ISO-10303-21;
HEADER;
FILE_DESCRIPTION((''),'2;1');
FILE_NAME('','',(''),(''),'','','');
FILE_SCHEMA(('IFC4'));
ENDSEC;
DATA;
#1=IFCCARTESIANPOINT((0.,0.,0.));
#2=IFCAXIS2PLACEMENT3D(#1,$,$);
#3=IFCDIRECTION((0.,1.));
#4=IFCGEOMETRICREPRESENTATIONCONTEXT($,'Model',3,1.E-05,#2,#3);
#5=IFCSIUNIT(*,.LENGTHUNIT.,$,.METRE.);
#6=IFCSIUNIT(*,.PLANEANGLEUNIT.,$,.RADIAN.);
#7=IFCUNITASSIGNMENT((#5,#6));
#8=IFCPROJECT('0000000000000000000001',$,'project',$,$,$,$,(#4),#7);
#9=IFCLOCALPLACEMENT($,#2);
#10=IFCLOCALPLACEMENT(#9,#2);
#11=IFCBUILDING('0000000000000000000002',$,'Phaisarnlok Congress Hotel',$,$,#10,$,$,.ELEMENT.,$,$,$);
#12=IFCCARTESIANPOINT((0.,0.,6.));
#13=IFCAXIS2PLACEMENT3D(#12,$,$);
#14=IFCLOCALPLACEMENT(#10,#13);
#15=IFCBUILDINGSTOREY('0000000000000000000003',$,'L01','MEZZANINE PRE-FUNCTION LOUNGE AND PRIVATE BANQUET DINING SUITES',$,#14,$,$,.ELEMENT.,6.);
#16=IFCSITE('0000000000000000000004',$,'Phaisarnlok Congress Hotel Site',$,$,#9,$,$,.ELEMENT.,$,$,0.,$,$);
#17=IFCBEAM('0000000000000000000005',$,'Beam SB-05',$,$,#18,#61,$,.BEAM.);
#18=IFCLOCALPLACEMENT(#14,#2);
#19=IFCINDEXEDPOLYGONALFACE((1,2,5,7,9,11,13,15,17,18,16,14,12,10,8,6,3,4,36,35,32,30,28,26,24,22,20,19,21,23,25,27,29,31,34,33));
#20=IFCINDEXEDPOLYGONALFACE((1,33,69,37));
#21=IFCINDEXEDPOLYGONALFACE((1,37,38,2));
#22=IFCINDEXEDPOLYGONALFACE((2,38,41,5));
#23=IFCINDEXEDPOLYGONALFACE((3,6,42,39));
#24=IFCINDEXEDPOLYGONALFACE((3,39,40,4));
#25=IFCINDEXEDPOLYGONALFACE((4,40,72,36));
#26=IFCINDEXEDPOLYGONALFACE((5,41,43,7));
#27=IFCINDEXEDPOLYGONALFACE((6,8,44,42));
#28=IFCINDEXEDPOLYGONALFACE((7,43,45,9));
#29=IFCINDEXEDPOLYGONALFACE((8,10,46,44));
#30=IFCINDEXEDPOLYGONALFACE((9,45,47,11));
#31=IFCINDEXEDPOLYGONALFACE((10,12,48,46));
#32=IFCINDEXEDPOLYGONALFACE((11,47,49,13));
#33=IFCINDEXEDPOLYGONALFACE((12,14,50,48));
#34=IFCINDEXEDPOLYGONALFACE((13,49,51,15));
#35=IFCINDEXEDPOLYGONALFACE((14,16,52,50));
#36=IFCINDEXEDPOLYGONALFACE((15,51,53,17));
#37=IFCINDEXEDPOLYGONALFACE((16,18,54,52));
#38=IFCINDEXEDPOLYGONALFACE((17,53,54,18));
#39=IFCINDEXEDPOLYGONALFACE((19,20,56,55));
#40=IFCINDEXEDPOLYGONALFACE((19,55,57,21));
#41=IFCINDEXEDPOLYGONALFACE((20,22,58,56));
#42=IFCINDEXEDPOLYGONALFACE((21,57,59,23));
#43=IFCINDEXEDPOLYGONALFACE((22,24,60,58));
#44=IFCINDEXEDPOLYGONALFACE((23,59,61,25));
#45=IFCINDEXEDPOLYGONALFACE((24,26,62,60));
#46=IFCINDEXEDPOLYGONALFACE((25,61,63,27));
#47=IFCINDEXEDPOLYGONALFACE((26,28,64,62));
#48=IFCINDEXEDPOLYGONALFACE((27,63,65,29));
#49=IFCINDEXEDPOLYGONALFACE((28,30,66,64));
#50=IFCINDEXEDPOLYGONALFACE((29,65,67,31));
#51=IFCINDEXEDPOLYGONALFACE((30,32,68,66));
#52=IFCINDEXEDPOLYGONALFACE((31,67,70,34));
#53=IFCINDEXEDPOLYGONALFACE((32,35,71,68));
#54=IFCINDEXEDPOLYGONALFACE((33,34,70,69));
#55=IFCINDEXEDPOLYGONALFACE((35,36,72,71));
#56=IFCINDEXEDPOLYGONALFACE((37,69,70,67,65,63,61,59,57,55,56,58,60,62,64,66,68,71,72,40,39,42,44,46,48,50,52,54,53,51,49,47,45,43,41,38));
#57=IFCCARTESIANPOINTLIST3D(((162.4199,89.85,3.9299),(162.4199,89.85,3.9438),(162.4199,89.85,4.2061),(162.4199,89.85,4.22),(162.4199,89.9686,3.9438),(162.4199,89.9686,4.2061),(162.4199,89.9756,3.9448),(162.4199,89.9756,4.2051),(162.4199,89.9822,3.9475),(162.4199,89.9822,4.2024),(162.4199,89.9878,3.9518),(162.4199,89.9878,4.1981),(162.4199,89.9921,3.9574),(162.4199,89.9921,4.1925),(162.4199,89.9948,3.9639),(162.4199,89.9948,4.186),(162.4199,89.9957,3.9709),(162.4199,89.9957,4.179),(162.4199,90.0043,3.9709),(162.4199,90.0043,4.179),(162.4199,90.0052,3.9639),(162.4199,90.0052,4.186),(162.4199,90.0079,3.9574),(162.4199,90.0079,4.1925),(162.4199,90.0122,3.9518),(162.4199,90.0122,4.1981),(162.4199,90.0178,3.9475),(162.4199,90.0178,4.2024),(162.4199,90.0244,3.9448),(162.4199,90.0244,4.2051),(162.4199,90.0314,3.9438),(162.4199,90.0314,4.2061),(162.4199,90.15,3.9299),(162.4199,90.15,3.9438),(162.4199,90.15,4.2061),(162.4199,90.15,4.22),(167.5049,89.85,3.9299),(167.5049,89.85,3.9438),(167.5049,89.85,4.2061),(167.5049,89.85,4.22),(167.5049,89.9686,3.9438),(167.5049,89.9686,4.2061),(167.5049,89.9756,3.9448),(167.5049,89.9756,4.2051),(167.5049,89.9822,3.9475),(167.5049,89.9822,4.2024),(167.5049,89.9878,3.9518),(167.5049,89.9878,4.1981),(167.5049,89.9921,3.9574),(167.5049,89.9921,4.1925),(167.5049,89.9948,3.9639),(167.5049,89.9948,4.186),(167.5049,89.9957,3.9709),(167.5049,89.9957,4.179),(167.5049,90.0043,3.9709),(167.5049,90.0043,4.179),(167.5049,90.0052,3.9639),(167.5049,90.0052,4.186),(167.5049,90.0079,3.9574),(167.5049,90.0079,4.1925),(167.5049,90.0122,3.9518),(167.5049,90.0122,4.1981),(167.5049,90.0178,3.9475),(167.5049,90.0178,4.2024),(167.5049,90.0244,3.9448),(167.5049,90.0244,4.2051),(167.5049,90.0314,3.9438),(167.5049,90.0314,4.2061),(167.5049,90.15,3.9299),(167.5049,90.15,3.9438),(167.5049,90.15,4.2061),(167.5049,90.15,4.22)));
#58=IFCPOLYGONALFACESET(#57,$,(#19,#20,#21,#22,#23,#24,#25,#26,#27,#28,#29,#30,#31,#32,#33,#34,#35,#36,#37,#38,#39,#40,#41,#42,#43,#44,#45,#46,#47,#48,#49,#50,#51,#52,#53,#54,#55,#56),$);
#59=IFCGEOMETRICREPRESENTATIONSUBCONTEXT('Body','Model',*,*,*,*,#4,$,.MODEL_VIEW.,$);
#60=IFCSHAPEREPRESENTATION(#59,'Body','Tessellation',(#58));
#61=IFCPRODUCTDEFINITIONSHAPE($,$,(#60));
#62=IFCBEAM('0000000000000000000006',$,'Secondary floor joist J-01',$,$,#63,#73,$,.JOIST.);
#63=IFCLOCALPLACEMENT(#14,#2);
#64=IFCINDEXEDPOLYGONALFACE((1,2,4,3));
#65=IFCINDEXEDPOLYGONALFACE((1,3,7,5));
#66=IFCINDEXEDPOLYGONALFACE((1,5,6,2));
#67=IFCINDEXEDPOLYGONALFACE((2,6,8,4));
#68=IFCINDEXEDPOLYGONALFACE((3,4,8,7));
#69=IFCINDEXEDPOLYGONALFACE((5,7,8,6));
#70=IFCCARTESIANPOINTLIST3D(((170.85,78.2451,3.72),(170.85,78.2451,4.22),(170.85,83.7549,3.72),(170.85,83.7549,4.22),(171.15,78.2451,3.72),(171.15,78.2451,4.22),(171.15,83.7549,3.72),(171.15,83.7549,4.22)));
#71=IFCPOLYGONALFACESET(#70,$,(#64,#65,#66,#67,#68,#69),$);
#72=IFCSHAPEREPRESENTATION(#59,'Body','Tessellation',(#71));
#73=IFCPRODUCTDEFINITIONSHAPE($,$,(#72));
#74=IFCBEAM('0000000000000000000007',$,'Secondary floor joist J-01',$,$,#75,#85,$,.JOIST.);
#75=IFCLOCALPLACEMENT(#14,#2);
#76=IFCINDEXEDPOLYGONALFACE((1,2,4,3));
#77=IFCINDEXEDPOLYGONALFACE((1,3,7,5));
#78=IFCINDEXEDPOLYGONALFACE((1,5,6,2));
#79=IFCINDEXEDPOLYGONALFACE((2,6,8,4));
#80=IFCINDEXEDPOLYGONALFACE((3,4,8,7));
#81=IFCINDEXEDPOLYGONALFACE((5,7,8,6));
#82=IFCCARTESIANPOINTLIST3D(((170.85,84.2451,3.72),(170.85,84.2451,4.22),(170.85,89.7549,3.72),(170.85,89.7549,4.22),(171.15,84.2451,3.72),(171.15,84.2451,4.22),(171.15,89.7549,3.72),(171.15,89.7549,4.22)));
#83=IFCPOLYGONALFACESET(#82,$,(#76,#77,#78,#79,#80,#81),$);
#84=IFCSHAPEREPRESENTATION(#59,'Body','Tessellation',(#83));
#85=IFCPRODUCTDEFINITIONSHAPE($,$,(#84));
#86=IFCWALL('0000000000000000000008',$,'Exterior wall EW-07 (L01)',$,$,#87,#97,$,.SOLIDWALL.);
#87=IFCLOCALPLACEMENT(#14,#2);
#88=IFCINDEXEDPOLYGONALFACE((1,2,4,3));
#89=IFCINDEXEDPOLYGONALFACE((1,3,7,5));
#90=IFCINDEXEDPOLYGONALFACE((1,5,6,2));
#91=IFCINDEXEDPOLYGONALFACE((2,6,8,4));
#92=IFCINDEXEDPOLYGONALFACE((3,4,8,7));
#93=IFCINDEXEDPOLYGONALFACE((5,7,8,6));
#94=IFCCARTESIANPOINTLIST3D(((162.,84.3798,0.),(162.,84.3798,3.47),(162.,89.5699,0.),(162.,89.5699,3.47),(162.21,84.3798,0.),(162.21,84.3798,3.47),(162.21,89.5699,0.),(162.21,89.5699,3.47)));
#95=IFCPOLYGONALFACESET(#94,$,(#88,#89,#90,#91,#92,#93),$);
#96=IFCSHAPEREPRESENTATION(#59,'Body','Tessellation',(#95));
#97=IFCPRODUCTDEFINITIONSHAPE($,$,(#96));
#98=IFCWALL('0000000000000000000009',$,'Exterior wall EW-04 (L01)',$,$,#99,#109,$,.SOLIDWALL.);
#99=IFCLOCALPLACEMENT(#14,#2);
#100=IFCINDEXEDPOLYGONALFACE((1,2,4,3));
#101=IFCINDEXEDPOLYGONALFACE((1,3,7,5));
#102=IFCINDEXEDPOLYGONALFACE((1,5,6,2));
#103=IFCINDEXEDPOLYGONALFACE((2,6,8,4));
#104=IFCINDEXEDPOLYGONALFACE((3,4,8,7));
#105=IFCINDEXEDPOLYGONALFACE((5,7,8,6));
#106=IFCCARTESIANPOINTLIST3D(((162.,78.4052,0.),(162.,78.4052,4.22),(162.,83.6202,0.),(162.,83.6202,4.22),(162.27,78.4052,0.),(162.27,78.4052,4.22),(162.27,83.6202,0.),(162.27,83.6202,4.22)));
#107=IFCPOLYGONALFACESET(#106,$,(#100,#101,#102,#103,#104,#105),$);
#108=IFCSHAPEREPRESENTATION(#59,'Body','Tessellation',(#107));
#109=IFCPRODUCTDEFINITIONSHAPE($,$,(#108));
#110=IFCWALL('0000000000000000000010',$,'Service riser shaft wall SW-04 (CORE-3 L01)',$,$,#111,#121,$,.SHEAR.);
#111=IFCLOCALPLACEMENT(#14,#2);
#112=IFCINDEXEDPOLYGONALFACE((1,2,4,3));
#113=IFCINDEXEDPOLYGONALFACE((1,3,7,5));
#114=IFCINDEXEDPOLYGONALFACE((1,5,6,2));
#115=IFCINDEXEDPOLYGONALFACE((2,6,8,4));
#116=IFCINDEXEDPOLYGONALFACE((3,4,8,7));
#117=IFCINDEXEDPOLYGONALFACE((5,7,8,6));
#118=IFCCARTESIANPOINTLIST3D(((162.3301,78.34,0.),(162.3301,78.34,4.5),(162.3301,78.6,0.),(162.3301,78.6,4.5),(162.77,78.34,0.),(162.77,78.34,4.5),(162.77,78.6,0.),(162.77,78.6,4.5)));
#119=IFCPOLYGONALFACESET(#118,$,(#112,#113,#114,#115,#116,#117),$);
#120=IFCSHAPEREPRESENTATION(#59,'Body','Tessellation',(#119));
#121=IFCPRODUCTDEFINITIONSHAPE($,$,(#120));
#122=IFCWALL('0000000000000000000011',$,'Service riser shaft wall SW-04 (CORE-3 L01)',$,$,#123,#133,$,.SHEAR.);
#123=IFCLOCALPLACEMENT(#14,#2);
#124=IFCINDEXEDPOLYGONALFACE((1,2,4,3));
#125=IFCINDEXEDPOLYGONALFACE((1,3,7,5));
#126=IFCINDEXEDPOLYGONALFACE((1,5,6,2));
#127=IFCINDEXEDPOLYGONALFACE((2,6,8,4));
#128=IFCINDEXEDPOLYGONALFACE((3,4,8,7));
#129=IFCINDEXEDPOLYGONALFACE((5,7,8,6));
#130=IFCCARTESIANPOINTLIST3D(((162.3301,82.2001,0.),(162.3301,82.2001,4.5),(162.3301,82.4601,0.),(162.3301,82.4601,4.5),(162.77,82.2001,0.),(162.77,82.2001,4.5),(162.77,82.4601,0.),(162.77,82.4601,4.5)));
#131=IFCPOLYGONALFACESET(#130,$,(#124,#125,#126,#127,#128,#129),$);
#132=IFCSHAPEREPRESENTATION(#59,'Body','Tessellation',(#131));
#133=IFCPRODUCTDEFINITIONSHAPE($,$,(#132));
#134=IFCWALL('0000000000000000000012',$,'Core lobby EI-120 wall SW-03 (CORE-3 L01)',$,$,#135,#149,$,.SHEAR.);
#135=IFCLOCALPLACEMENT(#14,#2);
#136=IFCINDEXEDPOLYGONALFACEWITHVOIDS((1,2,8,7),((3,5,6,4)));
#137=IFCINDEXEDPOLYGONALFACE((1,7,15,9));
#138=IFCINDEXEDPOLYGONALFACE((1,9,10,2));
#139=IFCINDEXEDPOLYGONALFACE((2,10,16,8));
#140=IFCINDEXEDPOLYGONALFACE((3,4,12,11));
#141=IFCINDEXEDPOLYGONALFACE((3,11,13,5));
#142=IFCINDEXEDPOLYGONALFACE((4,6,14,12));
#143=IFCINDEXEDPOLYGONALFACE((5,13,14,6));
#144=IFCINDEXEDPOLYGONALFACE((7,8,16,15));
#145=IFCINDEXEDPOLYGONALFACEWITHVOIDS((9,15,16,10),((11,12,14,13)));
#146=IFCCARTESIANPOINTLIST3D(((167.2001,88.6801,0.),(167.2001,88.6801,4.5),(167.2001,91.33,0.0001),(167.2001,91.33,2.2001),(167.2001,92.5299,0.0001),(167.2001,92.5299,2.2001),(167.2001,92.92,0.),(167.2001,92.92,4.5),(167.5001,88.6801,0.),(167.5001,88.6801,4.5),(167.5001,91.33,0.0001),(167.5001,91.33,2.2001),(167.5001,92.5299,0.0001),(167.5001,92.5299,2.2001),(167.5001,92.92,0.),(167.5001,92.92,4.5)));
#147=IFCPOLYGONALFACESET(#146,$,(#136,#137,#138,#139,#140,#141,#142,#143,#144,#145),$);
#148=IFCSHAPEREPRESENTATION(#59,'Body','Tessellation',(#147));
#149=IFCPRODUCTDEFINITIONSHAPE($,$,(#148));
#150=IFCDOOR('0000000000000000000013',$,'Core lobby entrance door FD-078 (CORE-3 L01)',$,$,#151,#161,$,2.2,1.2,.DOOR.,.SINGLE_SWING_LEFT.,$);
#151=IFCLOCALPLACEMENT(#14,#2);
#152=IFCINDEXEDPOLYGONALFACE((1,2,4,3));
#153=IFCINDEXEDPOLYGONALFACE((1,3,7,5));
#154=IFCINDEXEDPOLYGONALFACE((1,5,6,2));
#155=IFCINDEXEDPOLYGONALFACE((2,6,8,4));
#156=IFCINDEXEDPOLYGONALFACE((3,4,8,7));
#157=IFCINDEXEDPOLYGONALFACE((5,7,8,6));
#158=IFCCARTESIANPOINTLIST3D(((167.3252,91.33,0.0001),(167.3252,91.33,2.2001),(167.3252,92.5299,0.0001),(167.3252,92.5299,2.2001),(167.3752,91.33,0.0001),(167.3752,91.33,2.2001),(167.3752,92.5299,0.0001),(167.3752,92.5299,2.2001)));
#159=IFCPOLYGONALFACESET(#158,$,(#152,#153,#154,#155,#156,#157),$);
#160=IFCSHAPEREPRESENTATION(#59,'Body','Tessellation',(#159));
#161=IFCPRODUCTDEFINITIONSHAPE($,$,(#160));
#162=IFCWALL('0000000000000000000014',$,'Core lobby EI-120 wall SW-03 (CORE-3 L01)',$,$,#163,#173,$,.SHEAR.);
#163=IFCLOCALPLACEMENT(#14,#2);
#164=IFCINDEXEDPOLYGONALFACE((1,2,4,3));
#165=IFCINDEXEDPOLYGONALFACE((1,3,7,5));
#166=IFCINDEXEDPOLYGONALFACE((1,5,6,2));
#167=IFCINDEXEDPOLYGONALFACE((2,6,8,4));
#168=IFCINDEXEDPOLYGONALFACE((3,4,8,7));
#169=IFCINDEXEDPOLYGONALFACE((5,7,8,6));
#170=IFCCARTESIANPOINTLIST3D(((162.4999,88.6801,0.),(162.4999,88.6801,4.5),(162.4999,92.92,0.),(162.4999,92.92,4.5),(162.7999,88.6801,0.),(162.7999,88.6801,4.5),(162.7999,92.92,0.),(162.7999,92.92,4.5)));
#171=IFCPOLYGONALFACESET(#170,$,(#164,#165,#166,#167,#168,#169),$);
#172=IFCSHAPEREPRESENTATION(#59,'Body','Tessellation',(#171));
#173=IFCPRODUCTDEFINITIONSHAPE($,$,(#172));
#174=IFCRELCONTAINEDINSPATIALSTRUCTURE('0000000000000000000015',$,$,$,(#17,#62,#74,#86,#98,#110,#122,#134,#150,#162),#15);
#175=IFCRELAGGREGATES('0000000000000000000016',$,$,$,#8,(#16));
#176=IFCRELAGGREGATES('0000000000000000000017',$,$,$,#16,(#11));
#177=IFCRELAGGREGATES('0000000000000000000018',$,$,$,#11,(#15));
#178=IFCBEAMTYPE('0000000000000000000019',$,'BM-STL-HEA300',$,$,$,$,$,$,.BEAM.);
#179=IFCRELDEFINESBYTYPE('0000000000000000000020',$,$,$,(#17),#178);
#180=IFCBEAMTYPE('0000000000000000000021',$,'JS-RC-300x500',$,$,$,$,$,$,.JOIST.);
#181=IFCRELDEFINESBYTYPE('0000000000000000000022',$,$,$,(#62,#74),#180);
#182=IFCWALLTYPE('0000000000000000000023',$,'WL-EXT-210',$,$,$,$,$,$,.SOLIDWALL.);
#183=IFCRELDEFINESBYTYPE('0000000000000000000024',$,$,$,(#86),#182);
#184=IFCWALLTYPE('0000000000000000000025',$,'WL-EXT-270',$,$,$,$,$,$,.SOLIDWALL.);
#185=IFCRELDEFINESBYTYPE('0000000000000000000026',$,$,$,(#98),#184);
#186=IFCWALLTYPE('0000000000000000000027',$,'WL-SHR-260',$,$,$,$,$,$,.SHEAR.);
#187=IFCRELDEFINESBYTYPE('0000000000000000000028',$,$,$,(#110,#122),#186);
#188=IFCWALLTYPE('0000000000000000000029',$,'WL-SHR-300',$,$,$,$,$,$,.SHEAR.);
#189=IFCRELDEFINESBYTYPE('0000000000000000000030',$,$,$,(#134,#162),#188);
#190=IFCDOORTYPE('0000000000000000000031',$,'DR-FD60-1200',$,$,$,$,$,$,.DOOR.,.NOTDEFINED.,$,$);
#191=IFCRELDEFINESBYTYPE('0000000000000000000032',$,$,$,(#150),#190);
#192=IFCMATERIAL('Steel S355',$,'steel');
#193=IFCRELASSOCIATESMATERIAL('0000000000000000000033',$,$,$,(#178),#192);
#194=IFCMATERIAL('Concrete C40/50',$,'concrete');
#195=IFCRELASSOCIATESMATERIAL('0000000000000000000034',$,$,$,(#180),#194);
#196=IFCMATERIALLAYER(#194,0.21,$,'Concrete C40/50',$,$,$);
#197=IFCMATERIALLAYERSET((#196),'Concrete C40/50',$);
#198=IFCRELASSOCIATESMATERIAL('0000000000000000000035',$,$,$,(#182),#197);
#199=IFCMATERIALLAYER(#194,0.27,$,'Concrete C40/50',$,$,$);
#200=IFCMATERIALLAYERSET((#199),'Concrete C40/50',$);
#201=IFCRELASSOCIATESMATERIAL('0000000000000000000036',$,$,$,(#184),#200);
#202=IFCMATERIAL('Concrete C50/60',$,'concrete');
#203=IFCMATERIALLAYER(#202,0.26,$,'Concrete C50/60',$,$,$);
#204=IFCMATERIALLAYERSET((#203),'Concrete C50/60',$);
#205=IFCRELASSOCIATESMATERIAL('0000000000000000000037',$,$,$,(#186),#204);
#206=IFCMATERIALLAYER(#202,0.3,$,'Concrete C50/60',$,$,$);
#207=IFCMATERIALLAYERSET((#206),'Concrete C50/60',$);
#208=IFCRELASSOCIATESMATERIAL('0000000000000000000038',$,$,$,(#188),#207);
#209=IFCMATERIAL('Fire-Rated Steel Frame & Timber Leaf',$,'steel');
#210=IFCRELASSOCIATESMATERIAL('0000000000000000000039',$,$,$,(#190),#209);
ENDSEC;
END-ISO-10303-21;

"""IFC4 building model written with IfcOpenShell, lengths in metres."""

from ifc_helpers import new_model, si_unit, direction, frame, frame_2d, origin, origin_2d, place, context, subcontext, project, spatial, rectangle, i_section, extrude, material, layer, layer_set, material_profile, profile_set, type_object, element, fill, save


model = new_model("IFC4")

# Units and contexts
model_context = context("Model", 3, precision=1e-05, world=origin(), true_north=direction((0.0, 1.0)))
body_context = subcontext(model_context, "Body", "Model", "MODEL_VIEW")
ifc_project = project(units=[si_unit("LENGTHUNIT", "METRE"), si_unit("PLANEANGLEUNIT", "RADIAN")], contexts=[model_context])

# Site, building, storey
site_placement = place(None, origin())
site = spatial("IfcSite", under=ifc_project, at=site_placement, Name="Phaisarnlok Congress Hotel Site", CompositionType="ELEMENT", RefElevation=0.0)
building_placement = place(site_placement, origin())
building = spatial("IfcBuilding", under=site, at=building_placement, Name="Phaisarnlok Congress Hotel", CompositionType="ELEMENT")
storey_placement = place(building_placement, frame((0.0, 0.0, 6.0)))
storey = spatial("IfcBuildingStorey", under=building, at=storey_placement, Name="L01", Description="MEZZANINE PRE-FUNCTION LOUNGE AND PRIVATE BANQUET DINING SUITES", CompositionType="ELEMENT", Elevation=6.0)

# Shared definitions
ifc_material_1 = material(Name="Concrete C50/60", Category="concrete")

# Beams
ifc_material_2 = material(Name="Concrete C40/50", Category="concrete")
ifc_material_3 = material(Name="Steel S355", Category="steel")
ifc_material_profile_1 = material_profile(ifc_material_3, i_section(OverallWidth=0.3, OverallDepth=0.29, WebThickness=0.0085, FlangeThickness=0.0139, FilletRadius=0.0271, at=origin_2d()), Name="HEA 300")
ifc_profile_set_1 = profile_set([ifc_material_profile_1], Name="Steel S355")
beam_type_1 = type_object("IfcBeamType", Name="BM-STL-HEA300", PredefinedType="BEAM", material=ifc_profile_set_1)
beam_1_placement = place(storey_placement, frame((162.4199, 90.0, 4.075), z_axis=(1.0, 0.0, 0.0), x_axis=(0.0, 1.0, 0.0)))
element("IfcBeam", 1, at=beam_1_placement, inside=storey, type_object=beam_type_1, Name="Beam SB-05", PredefinedType="BEAM", context=body_context, shape_type="SweptSolid", body=[
    extrude(i_section(OverallWidth=0.3, OverallDepth=0.29, WebThickness=0.0085, FlangeThickness=0.0139, FilletRadius=0.0271, at=origin_2d()), origin(), (0.0, 0.0, 1.0), 5.085),
])
ifc_material_profile_2 = material_profile(ifc_material_2, rectangle(XDim=0.3, YDim=0.5, at=origin_2d()), Name="RC 300x500")
ifc_profile_set_2 = profile_set([ifc_material_profile_2], Name="Concrete C40/50")
beam_type_2 = type_object("IfcBeamType", Name="JS-RC-300x500", PredefinedType="JOIST", material=ifc_profile_set_2)
for number, where, z_axis, x_axis, name in (
    (2, (171.0, 78.2451, 3.97), (0.0, 1.0, 0.0), (-1.0, 0.0, 0.0), "Secondary floor joist J-01"),
    (3, (171.0, 84.2451, 3.97), (0.0, 1.0, 0.0), (-1.0, 0.0, 0.0), "Secondary floor joist J-01"),
):
    element("IfcBeam", number, at=place(storey_placement, frame(where, z_axis=z_axis, x_axis=x_axis)), inside=storey, type_object=beam_type_2, Name=name, PredefinedType="JOIST", context=body_context, shape_type="SweptSolid", body=[
        extrude(rectangle(XDim=0.3, YDim=0.5, at=origin_2d()), origin(), (0.0, 0.0, 1.0), 5.5098),
    ])

# Walls
ifc_layer_1 = layer(ifc_material_2, 0.21, Name="Concrete C40/50")
ifc_layer_set_1 = layer_set([ifc_layer_1], Name="Concrete C40/50")
wall_type_1 = type_object("IfcWallType", Name="WL-EXT-210", PredefinedType="SOLIDWALL", material=ifc_layer_set_1)
wall_1_placement = place(storey_placement, frame((162.105, 89.5701, 0.0), z_axis=(0.0, 0.0, 1.0), x_axis=(0.0, -1.0, 0.0)))
element("IfcWall", 4, at=wall_1_placement, inside=storey, type_object=wall_type_1, Name="Exterior wall EW-07 (L01)", PredefinedType="SOLIDWALL", context=body_context, shape_type="SweptSolid", body=[
    extrude(rectangle(XDim=5.1902, YDim=0.21, at=frame_2d((2.5952, 0.0))), origin(), (0.0, 0.0, 1.0), 3.47),
])
ifc_layer_2 = layer(ifc_material_2, 0.27, Name="Concrete C40/50")
ifc_layer_set_2 = layer_set([ifc_layer_2], Name="Concrete C40/50")
wall_type_2 = type_object("IfcWallType", Name="WL-EXT-270", PredefinedType="SOLIDWALL", material=ifc_layer_set_2)
wall_2_placement = place(storey_placement, frame((162.135, 83.6201, 0.0), z_axis=(0.0, 0.0, 1.0), x_axis=(0.0, -1.0, 0.0)))
element("IfcWall", 5, at=wall_2_placement, inside=storey, type_object=wall_type_2, Name="Exterior wall EW-04 (L01)", PredefinedType="SOLIDWALL", context=body_context, shape_type="SweptSolid", body=[
    extrude(rectangle(XDim=5.2151, YDim=0.27, at=frame_2d((2.6074, 0.0))), origin(), (0.0, 0.0, 1.0), 4.22),
])

# Shared definitions
ifc_layer_3 = layer(ifc_material_1, 0.26, Name="Concrete C50/60")
ifc_layer_set_3 = layer_set([ifc_layer_3], Name="Concrete C50/60")
wall_type_3 = type_object("IfcWallType", Name="WL-SHR-260", PredefinedType="SHEAR", material=ifc_layer_set_3)
ifc_material_4 = material(Name="Fire-Rated Steel Frame & Timber Leaf", Category="steel")

# Walls
for number, where, z_axis, x_axis, name in (
    (6, (162.3301, 78.47, 0.0), (0.0, 0.0, 1.0), (1.0, 0.0, 0.0), "Service riser shaft wall SW-04 (CORE-3 L01)"),
    (7, (162.3301, 82.3301, 0.0), (0.0, 0.0, 1.0), (1.0, 0.0, 0.0), "Service riser shaft wall SW-04 (CORE-3 L01)"),
):
    element("IfcWall", number, at=place(storey_placement, frame(where, z_axis=z_axis, x_axis=x_axis)), inside=storey, type_object=wall_type_3, Name=name, PredefinedType="SHEAR", context=body_context, shape_type="SweptSolid", body=[
        extrude(rectangle(XDim=0.4399, YDim=0.26, at=frame_2d((0.22, 0.0))), origin(), (0.0, 0.0, 1.0), 4.5),
    ])

# Wall, opening, door
ifc_layer_4 = layer(ifc_material_1, 0.3, Name="Concrete C50/60")
ifc_layer_set_4 = layer_set([ifc_layer_4], Name="Concrete C50/60")
wall_type_4 = type_object("IfcWallType", Name="WL-SHR-300", PredefinedType="SHEAR", material=ifc_layer_set_4)
wall_3_placement = place(storey_placement, frame((167.3501, 88.6799, 0.0), z_axis=(0.0, 0.0, 1.0), x_axis=(0.0, 1.0, 0.0)))
wall_3 = element("IfcWall", 8, at=wall_3_placement, inside=storey, type_object=wall_type_4, Name="Core lobby EI-120 wall SW-03 (CORE-3 L01)", PredefinedType="SHEAR", context=body_context, shape_type="SweptSolid", body=[
    extrude(rectangle(XDim=4.24, YDim=0.3, at=frame_2d((2.1201, 0.0))), origin(), (0.0, 0.0, 1.0), 4.5),
])
opening_1_placement = place(wall_3_placement, frame((2.6499, 0.0, 0.0)))
opening_1 = element("IfcOpeningElement", 9, at=opening_1_placement, cuts=wall_3, PredefinedType="OPENING", context=body_context, shape_type="SweptSolid", body=[
    extrude(rectangle(XDim=1.2, YDim=2.2, at=frame_2d((0.6001, 1.1001))), frame((0.0, 0.1602, 0.0), z_axis=(0.0, -1.0, 0.0), x_axis=(1.0, 0.0, 0.0)), (0.0, 0.0, 1.0), 0.3201),
])
door_type_1 = type_object("IfcDoorType", Name="DR-FD60-1200", OperationType="NOTDEFINED", PredefinedType="DOOR", material=ifc_material_4)
door_1_placement = place(opening_1_placement, origin())
door_1 = element("IfcDoor", 10, at=door_1_placement, inside=storey, type_object=door_type_1, Name="Core lobby entrance door FD-078 (CORE-3 L01)", OperationType="SINGLE_SWING_LEFT", OverallHeight=2.2, OverallWidth=1.2, PredefinedType="DOOR", context=body_context, shape_type="SweptSolid", body=[
    extrude(rectangle(XDim=1.2, YDim=2.2, at=frame_2d((0.6001, 1.1001))), frame((0.0, 0.0249, 0.0), z_axis=(0.0, -1.0, 0.0), x_axis=(1.0, 0.0, 0.0)), (0.0, 0.0, 1.0), 0.05),
])
fill(opening_1, door_1)

# Wall
wall_4_placement = place(storey_placement, frame((162.6499, 88.6799, 0.0), z_axis=(0.0, 0.0, 1.0), x_axis=(0.0, 1.0, 0.0)))
element("IfcWall", 11, at=wall_4_placement, inside=storey, type_object=wall_type_4, Name="Core lobby EI-120 wall SW-03 (CORE-3 L01)", PredefinedType="SHEAR", context=body_context, shape_type="SweptSolid", body=[
    extrude(rectangle(XDim=4.24, YDim=0.3, at=frame_2d((2.1201, 0.0))), origin(), (0.0, 0.0, 1.0), 4.5),
])

save(model, "model.ifc")
